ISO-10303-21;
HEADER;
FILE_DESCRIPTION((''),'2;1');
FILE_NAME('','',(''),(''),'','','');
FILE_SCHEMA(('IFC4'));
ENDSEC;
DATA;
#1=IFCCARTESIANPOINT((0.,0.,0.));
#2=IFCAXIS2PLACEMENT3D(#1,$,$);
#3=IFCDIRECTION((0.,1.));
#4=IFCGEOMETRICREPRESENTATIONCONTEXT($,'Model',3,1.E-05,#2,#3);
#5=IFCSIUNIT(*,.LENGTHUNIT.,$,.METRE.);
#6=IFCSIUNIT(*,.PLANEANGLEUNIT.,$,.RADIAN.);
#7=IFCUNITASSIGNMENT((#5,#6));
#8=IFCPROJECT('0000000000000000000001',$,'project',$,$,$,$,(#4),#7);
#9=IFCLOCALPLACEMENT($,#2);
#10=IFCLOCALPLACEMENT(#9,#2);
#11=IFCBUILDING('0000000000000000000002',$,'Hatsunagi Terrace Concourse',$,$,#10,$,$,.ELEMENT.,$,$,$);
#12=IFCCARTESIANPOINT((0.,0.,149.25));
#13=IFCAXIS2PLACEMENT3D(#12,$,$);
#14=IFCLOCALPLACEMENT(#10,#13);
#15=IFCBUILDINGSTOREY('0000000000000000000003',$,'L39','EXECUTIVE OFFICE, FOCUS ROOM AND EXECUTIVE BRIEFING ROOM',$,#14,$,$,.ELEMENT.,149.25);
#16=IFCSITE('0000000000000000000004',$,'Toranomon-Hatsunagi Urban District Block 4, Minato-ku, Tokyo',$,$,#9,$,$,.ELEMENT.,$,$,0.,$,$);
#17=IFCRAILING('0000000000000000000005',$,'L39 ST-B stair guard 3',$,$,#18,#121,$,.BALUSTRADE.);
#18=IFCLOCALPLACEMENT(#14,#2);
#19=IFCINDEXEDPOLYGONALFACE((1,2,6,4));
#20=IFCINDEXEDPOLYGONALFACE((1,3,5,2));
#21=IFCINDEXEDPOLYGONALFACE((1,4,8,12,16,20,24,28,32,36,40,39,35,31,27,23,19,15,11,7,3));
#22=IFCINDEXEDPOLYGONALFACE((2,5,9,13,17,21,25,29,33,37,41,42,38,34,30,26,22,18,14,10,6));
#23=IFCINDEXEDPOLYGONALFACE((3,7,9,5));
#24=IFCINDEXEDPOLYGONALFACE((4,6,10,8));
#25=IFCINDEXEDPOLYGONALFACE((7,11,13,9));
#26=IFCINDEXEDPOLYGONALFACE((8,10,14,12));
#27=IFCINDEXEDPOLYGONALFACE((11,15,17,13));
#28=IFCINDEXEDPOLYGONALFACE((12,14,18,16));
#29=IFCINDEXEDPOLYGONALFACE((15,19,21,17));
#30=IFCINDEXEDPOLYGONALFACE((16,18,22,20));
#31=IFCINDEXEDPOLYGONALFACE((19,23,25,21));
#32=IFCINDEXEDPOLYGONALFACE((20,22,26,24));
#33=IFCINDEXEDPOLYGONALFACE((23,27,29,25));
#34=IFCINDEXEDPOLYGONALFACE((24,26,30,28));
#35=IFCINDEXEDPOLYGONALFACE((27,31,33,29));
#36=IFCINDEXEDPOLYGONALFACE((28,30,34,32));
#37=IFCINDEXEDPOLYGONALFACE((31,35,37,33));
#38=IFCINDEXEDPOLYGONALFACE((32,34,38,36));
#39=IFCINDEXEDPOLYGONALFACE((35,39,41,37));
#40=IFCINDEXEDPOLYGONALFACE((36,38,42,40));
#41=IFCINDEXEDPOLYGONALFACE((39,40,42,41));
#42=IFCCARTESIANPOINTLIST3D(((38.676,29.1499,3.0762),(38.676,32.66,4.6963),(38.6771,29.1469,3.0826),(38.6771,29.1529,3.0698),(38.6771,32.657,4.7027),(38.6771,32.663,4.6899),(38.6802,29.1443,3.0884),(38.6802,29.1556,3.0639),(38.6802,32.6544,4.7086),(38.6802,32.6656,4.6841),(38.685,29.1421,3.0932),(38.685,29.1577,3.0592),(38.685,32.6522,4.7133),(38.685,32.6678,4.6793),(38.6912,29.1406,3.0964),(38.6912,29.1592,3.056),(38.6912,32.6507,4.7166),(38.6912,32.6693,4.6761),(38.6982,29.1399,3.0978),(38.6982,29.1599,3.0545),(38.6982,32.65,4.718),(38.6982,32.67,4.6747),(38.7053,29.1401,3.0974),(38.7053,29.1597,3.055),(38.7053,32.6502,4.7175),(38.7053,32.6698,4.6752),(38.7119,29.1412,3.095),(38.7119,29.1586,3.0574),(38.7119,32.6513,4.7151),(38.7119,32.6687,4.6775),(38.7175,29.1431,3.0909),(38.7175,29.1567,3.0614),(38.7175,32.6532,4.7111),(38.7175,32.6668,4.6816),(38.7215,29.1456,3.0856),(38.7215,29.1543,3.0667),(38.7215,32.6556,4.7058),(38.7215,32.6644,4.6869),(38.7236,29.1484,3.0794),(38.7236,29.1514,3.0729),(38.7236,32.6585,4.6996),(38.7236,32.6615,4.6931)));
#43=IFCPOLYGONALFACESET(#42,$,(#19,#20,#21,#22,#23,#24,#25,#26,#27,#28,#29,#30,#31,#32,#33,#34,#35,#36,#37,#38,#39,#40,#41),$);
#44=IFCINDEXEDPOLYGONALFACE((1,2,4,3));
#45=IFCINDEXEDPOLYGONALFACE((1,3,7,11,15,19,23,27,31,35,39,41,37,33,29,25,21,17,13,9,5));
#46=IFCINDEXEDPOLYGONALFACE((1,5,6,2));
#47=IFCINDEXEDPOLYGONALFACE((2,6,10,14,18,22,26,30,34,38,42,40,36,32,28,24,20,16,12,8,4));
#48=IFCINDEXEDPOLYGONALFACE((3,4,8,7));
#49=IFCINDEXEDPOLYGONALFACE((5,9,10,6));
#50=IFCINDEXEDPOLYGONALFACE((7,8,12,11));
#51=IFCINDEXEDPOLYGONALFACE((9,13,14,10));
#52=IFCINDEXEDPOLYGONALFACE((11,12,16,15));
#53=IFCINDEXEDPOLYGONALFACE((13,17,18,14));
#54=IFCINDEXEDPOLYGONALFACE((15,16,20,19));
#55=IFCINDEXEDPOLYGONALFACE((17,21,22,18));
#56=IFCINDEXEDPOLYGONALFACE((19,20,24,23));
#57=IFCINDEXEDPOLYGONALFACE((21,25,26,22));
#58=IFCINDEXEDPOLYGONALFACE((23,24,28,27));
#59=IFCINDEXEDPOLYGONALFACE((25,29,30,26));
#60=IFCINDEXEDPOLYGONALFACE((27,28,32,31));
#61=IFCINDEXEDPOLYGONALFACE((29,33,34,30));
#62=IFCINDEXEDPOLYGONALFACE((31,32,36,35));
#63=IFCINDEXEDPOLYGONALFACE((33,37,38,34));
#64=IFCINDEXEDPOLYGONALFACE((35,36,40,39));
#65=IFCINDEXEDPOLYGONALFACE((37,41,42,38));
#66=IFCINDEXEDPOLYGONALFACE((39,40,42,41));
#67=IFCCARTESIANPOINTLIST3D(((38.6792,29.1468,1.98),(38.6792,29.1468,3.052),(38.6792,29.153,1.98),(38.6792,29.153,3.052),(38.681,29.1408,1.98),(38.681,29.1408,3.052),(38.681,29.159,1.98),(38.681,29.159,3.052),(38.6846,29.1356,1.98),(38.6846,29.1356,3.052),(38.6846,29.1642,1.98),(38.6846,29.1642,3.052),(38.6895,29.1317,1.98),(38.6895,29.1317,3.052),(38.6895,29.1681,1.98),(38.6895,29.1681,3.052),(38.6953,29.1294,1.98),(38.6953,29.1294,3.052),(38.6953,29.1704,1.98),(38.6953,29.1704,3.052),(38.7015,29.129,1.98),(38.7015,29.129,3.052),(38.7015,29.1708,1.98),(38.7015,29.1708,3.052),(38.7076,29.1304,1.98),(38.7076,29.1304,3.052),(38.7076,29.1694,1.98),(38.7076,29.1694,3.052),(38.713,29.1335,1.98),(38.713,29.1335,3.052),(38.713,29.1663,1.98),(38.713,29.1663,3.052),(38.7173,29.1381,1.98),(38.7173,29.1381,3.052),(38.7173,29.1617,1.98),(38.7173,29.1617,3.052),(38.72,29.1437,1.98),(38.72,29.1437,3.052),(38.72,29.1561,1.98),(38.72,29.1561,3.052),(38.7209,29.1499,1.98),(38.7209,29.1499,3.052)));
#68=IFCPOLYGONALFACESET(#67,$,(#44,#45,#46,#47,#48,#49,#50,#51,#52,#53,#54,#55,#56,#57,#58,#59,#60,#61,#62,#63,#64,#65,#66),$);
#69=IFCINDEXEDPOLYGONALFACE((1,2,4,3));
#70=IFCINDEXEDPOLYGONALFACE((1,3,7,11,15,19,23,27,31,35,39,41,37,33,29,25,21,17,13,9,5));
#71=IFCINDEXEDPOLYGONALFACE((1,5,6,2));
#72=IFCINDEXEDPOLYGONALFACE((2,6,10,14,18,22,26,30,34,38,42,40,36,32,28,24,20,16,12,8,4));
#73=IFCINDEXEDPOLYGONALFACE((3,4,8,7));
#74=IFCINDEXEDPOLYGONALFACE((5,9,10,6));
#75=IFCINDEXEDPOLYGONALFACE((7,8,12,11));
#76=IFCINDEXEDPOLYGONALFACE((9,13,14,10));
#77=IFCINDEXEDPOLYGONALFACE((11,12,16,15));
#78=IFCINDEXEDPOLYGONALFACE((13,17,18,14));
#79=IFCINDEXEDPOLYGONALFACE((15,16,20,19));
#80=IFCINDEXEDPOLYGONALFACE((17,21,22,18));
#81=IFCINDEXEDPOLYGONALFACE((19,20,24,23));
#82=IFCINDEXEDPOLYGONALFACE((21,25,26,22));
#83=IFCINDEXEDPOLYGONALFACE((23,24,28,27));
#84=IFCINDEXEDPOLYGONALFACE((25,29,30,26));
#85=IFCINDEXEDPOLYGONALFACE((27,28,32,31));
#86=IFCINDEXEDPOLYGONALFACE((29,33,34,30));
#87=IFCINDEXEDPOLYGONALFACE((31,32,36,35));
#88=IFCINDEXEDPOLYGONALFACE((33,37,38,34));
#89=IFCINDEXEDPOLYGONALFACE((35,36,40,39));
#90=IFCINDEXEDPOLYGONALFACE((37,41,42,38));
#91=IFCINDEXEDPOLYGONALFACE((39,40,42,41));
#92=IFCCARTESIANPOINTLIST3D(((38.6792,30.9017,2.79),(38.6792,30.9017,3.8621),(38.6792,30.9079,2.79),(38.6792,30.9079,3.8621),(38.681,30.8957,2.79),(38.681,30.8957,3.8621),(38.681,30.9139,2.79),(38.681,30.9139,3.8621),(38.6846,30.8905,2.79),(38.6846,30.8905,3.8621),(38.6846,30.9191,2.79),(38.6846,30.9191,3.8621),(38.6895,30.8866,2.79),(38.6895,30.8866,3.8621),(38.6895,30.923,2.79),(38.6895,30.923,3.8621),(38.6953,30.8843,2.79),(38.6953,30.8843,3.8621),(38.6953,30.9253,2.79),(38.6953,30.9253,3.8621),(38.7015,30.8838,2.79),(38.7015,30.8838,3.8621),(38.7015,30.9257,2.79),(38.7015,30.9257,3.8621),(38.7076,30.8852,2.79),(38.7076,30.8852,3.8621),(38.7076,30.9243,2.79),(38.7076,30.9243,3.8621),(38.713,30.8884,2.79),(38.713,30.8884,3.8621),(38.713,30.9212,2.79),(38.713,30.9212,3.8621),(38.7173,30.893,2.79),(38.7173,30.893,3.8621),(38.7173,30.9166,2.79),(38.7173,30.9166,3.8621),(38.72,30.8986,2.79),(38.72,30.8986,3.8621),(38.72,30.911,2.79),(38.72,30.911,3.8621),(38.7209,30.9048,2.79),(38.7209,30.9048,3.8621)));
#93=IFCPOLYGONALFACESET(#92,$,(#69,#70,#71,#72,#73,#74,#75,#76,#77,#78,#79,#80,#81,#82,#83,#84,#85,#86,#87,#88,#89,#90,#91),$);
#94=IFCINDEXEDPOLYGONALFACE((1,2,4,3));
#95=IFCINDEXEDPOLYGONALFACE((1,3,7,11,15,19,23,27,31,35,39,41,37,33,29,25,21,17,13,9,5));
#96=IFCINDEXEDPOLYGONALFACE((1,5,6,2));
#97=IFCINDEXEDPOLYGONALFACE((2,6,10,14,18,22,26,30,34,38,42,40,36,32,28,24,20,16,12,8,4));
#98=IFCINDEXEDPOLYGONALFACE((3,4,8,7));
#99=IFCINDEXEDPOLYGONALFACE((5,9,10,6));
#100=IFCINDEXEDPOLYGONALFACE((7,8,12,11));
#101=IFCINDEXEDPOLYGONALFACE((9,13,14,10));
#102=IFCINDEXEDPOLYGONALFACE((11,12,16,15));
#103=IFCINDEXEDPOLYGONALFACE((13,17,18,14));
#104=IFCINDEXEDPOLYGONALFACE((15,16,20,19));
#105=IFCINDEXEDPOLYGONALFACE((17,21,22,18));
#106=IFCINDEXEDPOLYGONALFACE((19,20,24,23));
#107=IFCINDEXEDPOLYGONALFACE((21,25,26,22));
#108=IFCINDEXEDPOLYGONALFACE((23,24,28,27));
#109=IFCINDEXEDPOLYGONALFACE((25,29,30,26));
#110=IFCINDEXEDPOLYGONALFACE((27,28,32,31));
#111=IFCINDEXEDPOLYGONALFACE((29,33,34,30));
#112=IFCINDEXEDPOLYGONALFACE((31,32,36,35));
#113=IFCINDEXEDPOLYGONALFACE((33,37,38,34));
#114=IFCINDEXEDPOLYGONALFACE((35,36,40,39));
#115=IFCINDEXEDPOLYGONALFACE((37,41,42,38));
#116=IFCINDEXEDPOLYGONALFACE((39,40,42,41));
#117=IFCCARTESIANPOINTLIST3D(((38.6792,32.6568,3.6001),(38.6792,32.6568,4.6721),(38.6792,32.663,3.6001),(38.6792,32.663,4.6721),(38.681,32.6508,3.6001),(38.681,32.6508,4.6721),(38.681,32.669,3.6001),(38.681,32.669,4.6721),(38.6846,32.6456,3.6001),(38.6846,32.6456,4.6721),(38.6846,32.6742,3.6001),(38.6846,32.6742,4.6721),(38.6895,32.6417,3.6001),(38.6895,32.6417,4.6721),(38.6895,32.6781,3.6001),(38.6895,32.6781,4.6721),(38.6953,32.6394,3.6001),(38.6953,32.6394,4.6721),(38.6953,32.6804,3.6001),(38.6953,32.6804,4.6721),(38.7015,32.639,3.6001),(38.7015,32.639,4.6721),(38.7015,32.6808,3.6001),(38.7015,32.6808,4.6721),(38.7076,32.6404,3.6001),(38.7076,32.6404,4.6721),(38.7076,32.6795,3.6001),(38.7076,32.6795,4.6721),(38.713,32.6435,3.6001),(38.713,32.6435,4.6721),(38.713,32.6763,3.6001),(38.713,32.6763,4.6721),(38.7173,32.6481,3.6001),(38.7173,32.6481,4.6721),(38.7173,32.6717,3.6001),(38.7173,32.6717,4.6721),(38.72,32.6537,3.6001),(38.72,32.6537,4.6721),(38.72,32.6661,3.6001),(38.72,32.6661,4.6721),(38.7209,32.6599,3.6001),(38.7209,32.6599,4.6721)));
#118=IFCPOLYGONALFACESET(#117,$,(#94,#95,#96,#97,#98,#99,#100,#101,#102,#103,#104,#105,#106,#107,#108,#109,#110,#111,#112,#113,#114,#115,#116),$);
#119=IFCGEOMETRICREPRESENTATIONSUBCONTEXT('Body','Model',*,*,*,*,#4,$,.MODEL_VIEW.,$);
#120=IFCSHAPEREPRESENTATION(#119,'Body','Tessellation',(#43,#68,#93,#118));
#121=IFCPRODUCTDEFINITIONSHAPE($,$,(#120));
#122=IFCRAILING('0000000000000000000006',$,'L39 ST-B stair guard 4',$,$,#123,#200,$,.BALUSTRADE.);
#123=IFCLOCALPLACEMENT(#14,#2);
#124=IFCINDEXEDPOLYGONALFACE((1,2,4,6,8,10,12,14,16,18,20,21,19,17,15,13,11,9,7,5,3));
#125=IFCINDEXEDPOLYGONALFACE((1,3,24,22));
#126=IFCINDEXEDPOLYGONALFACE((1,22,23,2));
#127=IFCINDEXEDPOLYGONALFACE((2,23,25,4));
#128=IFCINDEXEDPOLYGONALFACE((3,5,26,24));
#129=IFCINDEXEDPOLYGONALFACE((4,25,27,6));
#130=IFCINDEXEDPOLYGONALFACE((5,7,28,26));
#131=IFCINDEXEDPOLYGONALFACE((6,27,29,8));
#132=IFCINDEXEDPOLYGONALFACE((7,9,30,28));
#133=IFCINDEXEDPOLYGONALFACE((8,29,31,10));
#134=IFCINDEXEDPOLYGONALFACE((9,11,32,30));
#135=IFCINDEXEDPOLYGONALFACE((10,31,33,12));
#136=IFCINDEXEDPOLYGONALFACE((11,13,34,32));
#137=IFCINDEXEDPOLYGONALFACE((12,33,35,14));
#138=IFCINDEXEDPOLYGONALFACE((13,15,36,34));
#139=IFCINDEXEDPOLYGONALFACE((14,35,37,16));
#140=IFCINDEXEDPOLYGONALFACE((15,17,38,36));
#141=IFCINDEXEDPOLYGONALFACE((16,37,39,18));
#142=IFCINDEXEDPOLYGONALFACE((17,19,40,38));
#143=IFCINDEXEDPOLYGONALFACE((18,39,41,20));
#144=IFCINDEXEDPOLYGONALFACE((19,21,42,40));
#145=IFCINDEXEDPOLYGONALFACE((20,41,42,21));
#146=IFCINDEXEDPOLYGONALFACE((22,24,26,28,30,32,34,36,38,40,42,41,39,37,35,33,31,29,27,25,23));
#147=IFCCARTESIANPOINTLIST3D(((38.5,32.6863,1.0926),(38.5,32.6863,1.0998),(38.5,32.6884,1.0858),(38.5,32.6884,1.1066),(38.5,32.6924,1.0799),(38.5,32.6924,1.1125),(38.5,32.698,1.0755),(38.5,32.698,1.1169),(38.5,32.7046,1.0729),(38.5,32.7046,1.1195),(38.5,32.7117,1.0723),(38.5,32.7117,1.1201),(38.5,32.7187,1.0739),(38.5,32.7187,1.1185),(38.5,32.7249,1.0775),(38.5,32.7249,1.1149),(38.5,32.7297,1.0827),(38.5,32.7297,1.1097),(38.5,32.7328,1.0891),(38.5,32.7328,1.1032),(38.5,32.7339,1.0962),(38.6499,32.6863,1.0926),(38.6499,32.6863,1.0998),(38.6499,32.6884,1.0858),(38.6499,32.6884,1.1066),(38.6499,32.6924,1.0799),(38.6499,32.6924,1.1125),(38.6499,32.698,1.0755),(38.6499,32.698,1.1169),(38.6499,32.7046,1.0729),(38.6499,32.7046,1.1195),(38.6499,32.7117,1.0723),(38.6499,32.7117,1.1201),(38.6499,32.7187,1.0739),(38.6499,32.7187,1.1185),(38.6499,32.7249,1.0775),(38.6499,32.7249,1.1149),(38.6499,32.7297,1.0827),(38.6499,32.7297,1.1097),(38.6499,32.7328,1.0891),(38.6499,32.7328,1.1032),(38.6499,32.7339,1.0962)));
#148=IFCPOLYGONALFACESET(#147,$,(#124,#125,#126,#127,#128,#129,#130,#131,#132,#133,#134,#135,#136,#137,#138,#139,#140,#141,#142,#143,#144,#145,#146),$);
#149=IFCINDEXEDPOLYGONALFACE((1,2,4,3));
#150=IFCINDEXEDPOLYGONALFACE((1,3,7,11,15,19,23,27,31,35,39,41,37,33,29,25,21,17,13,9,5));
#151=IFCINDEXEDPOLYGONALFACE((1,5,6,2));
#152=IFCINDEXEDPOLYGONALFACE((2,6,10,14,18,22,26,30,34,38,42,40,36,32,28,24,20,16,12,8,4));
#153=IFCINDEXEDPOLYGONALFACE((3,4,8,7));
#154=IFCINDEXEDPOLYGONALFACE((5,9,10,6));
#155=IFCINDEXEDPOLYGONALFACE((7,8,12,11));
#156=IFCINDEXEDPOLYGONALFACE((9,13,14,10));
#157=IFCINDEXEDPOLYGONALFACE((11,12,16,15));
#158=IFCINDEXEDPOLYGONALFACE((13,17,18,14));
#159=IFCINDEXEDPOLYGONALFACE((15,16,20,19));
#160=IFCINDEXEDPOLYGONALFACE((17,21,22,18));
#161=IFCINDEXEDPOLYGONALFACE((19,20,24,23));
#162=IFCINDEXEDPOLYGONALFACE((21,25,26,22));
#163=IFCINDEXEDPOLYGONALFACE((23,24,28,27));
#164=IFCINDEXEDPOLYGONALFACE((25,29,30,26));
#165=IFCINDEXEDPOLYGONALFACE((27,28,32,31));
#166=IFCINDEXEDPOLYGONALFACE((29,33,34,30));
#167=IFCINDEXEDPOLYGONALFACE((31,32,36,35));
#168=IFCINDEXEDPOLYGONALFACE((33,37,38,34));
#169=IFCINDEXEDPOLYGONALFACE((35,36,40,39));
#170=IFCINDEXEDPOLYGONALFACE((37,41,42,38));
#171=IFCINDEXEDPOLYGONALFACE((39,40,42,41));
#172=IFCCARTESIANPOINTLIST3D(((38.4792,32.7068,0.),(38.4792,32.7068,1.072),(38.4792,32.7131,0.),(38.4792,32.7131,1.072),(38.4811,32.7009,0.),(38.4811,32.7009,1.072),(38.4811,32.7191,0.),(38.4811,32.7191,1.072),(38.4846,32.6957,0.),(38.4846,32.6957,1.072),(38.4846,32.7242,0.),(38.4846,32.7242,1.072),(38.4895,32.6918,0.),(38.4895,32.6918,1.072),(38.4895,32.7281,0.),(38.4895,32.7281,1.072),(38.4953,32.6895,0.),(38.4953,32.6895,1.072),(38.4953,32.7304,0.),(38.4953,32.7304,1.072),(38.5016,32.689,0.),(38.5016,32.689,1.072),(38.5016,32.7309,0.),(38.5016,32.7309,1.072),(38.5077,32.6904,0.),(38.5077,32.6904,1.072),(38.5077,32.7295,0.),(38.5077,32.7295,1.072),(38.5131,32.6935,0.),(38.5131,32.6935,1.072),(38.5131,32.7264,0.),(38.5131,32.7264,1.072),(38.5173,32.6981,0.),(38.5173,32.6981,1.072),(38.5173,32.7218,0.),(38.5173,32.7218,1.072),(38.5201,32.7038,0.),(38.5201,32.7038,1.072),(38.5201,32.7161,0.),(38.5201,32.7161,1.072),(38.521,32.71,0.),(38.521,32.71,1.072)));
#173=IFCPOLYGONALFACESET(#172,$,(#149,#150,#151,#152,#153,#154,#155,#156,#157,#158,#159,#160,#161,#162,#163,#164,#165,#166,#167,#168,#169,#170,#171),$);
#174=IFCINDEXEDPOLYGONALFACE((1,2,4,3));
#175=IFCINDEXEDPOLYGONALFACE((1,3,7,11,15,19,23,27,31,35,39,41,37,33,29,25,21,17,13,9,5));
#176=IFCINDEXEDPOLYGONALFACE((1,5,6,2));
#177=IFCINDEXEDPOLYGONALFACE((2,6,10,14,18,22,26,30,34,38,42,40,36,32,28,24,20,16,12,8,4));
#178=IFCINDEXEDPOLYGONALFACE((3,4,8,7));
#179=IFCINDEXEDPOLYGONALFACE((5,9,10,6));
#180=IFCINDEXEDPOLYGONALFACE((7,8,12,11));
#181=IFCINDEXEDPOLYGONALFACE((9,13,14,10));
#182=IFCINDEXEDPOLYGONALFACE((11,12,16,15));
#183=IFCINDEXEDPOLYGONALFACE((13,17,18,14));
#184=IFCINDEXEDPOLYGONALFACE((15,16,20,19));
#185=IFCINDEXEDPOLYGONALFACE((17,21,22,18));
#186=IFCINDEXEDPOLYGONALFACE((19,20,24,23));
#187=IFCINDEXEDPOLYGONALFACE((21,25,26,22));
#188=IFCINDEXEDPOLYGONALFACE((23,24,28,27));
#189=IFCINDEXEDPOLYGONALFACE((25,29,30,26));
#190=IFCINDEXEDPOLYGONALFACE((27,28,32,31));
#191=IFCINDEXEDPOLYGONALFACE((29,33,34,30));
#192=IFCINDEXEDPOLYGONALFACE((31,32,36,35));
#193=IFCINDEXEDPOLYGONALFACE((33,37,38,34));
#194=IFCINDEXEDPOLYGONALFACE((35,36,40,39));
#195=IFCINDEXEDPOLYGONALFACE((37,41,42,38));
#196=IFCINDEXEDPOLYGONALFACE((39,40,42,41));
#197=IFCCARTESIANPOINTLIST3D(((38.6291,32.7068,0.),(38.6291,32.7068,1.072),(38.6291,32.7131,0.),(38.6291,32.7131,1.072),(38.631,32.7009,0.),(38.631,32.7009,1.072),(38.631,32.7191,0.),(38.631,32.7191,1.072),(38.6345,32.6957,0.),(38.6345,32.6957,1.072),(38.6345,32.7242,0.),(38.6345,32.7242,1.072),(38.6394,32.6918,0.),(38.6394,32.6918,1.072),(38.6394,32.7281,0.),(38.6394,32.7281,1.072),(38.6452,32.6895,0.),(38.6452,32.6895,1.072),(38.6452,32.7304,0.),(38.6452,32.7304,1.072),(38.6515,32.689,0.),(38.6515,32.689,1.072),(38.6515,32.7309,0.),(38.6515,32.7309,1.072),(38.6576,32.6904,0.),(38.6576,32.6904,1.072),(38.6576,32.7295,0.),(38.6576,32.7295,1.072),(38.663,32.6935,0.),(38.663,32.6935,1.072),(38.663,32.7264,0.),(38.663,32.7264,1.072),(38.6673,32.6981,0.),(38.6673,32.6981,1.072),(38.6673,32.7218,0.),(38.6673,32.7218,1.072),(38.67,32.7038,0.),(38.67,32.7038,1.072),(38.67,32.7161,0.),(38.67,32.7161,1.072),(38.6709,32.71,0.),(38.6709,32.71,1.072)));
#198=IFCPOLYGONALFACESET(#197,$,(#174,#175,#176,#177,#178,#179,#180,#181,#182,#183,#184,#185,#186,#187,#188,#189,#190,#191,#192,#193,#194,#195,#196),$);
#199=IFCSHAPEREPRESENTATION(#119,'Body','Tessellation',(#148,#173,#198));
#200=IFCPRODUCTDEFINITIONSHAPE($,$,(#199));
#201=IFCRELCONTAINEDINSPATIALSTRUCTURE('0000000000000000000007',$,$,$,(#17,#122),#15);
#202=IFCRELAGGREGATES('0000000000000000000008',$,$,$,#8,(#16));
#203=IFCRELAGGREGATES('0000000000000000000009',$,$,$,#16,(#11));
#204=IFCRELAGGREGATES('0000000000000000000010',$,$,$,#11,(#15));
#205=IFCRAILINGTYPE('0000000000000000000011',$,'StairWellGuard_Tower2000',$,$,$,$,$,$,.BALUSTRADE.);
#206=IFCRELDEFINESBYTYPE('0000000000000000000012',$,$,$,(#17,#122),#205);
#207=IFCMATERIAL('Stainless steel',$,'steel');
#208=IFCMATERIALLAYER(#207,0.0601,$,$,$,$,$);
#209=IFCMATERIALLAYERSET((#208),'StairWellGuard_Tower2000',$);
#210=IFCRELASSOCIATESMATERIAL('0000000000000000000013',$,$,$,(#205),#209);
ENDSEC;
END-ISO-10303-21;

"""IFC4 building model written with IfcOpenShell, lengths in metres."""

from ifc_helpers import new_model, si_unit, direction, frame, origin, origin_2d, place, context, subcontext, project, spatial, circle, extrude, material, layer, layer_set, type_object, element, save


model = new_model("IFC4")

# Units and contexts
model_context = context("Model", 3, precision=1e-05, world=origin(), true_north=direction((0.0, 1.0)))
body_context = subcontext(model_context, "Body", "Model", "MODEL_VIEW")
ifc_project = project(units=[si_unit("LENGTHUNIT", "METRE"), si_unit("PLANEANGLEUNIT", "RADIAN")], contexts=[model_context])

# Site, building, storey
site_placement = place(None, origin())
site = spatial("IfcSite", under=ifc_project, at=site_placement, Name="Toranomon-Hatsunagi Urban District Block 4, Minato-ku, Tokyo", CompositionType="ELEMENT", RefElevation=0.0)
building_placement = place(site_placement, origin())
building = spatial("IfcBuilding", under=site, at=building_placement, Name="Hatsunagi Terrace Concourse", CompositionType="ELEMENT")
storey_placement = place(building_placement, frame((0.0, 0.0, 149.25)))
storey = spatial("IfcBuildingStorey", under=building, at=storey_placement, Name="L39", Description="EXECUTIVE OFFICE, FOCUS ROOM AND EXECUTIVE BRIEFING ROOM", CompositionType="ELEMENT", Elevation=149.25)

# Railings
ifc_material_1 = material(Name="Stainless steel", Category="steel")
ifc_layer_1 = layer(ifc_material_1, 0.0601)
ifc_layer_set_1 = layer_set([ifc_layer_1], Name="StairWellGuard_Tower2000")
railing_type_1 = type_object("IfcRailingType", Name="StairWellGuard_Tower2000", PredefinedType="BALUSTRADE", material=ifc_layer_set_1)
railing_1_placement = place(storey_placement, frame((38.7, 29.1499, 1.98)))
element("IfcRailing", 1, at=railing_1_placement, inside=storey, type_object=railing_type_1, Name="L39 ST-B stair guard 3", PredefinedType="BALUSTRADE", context=body_context, shape_type="SweptSolid", body=[
    extrude(circle(Radius=0.0239, at=origin_2d()), frame((0.0, 0.0, 1.0962), z_axis=(0.0, 0.907948, 0.419082), x_axis=(-1.0, 0.0, 0.0)), (0.0, 0.0, 1.0), 3.866),
    extrude(circle(Radius=0.021, at=origin_2d()), origin(), (0.0, 0.0, 1.0), 1.072),
    extrude(circle(Radius=0.021, at=origin_2d()), frame((0.0, 1.7549, 0.8101)), (0.0, 0.0, 1.0), 1.072),
    extrude(circle(Radius=0.021, at=origin_2d()), frame((0.0, 3.51, 1.6201)), (0.0, 0.0, 1.0), 1.072),
])
railing_2_placement = place(storey_placement, frame((38.5, 32.71, 0.0)))
element("IfcRailing", 2, at=railing_2_placement, inside=storey, type_object=railing_type_1, Name="L39 ST-B stair guard 4", PredefinedType="BALUSTRADE", context=body_context, shape_type="SweptSolid", body=[
    extrude(circle(Radius=0.0239, at=origin_2d()), frame((0.0, 0.0, 1.0962), z_axis=(1.0, 0.0, 0.0), x_axis=(0.0, 1.0, 0.0)), (0.0, 0.0, 1.0), 0.1499),
    extrude(circle(Radius=0.021, at=origin_2d()), origin(), (0.0, 0.0, 1.0), 1.072),
    extrude(circle(Radius=0.021, at=origin_2d()), frame((0.1499, 0.0, 0.0)), (0.0, 0.0, 1.0), 1.072),
])

save(model, "model.ifc")
